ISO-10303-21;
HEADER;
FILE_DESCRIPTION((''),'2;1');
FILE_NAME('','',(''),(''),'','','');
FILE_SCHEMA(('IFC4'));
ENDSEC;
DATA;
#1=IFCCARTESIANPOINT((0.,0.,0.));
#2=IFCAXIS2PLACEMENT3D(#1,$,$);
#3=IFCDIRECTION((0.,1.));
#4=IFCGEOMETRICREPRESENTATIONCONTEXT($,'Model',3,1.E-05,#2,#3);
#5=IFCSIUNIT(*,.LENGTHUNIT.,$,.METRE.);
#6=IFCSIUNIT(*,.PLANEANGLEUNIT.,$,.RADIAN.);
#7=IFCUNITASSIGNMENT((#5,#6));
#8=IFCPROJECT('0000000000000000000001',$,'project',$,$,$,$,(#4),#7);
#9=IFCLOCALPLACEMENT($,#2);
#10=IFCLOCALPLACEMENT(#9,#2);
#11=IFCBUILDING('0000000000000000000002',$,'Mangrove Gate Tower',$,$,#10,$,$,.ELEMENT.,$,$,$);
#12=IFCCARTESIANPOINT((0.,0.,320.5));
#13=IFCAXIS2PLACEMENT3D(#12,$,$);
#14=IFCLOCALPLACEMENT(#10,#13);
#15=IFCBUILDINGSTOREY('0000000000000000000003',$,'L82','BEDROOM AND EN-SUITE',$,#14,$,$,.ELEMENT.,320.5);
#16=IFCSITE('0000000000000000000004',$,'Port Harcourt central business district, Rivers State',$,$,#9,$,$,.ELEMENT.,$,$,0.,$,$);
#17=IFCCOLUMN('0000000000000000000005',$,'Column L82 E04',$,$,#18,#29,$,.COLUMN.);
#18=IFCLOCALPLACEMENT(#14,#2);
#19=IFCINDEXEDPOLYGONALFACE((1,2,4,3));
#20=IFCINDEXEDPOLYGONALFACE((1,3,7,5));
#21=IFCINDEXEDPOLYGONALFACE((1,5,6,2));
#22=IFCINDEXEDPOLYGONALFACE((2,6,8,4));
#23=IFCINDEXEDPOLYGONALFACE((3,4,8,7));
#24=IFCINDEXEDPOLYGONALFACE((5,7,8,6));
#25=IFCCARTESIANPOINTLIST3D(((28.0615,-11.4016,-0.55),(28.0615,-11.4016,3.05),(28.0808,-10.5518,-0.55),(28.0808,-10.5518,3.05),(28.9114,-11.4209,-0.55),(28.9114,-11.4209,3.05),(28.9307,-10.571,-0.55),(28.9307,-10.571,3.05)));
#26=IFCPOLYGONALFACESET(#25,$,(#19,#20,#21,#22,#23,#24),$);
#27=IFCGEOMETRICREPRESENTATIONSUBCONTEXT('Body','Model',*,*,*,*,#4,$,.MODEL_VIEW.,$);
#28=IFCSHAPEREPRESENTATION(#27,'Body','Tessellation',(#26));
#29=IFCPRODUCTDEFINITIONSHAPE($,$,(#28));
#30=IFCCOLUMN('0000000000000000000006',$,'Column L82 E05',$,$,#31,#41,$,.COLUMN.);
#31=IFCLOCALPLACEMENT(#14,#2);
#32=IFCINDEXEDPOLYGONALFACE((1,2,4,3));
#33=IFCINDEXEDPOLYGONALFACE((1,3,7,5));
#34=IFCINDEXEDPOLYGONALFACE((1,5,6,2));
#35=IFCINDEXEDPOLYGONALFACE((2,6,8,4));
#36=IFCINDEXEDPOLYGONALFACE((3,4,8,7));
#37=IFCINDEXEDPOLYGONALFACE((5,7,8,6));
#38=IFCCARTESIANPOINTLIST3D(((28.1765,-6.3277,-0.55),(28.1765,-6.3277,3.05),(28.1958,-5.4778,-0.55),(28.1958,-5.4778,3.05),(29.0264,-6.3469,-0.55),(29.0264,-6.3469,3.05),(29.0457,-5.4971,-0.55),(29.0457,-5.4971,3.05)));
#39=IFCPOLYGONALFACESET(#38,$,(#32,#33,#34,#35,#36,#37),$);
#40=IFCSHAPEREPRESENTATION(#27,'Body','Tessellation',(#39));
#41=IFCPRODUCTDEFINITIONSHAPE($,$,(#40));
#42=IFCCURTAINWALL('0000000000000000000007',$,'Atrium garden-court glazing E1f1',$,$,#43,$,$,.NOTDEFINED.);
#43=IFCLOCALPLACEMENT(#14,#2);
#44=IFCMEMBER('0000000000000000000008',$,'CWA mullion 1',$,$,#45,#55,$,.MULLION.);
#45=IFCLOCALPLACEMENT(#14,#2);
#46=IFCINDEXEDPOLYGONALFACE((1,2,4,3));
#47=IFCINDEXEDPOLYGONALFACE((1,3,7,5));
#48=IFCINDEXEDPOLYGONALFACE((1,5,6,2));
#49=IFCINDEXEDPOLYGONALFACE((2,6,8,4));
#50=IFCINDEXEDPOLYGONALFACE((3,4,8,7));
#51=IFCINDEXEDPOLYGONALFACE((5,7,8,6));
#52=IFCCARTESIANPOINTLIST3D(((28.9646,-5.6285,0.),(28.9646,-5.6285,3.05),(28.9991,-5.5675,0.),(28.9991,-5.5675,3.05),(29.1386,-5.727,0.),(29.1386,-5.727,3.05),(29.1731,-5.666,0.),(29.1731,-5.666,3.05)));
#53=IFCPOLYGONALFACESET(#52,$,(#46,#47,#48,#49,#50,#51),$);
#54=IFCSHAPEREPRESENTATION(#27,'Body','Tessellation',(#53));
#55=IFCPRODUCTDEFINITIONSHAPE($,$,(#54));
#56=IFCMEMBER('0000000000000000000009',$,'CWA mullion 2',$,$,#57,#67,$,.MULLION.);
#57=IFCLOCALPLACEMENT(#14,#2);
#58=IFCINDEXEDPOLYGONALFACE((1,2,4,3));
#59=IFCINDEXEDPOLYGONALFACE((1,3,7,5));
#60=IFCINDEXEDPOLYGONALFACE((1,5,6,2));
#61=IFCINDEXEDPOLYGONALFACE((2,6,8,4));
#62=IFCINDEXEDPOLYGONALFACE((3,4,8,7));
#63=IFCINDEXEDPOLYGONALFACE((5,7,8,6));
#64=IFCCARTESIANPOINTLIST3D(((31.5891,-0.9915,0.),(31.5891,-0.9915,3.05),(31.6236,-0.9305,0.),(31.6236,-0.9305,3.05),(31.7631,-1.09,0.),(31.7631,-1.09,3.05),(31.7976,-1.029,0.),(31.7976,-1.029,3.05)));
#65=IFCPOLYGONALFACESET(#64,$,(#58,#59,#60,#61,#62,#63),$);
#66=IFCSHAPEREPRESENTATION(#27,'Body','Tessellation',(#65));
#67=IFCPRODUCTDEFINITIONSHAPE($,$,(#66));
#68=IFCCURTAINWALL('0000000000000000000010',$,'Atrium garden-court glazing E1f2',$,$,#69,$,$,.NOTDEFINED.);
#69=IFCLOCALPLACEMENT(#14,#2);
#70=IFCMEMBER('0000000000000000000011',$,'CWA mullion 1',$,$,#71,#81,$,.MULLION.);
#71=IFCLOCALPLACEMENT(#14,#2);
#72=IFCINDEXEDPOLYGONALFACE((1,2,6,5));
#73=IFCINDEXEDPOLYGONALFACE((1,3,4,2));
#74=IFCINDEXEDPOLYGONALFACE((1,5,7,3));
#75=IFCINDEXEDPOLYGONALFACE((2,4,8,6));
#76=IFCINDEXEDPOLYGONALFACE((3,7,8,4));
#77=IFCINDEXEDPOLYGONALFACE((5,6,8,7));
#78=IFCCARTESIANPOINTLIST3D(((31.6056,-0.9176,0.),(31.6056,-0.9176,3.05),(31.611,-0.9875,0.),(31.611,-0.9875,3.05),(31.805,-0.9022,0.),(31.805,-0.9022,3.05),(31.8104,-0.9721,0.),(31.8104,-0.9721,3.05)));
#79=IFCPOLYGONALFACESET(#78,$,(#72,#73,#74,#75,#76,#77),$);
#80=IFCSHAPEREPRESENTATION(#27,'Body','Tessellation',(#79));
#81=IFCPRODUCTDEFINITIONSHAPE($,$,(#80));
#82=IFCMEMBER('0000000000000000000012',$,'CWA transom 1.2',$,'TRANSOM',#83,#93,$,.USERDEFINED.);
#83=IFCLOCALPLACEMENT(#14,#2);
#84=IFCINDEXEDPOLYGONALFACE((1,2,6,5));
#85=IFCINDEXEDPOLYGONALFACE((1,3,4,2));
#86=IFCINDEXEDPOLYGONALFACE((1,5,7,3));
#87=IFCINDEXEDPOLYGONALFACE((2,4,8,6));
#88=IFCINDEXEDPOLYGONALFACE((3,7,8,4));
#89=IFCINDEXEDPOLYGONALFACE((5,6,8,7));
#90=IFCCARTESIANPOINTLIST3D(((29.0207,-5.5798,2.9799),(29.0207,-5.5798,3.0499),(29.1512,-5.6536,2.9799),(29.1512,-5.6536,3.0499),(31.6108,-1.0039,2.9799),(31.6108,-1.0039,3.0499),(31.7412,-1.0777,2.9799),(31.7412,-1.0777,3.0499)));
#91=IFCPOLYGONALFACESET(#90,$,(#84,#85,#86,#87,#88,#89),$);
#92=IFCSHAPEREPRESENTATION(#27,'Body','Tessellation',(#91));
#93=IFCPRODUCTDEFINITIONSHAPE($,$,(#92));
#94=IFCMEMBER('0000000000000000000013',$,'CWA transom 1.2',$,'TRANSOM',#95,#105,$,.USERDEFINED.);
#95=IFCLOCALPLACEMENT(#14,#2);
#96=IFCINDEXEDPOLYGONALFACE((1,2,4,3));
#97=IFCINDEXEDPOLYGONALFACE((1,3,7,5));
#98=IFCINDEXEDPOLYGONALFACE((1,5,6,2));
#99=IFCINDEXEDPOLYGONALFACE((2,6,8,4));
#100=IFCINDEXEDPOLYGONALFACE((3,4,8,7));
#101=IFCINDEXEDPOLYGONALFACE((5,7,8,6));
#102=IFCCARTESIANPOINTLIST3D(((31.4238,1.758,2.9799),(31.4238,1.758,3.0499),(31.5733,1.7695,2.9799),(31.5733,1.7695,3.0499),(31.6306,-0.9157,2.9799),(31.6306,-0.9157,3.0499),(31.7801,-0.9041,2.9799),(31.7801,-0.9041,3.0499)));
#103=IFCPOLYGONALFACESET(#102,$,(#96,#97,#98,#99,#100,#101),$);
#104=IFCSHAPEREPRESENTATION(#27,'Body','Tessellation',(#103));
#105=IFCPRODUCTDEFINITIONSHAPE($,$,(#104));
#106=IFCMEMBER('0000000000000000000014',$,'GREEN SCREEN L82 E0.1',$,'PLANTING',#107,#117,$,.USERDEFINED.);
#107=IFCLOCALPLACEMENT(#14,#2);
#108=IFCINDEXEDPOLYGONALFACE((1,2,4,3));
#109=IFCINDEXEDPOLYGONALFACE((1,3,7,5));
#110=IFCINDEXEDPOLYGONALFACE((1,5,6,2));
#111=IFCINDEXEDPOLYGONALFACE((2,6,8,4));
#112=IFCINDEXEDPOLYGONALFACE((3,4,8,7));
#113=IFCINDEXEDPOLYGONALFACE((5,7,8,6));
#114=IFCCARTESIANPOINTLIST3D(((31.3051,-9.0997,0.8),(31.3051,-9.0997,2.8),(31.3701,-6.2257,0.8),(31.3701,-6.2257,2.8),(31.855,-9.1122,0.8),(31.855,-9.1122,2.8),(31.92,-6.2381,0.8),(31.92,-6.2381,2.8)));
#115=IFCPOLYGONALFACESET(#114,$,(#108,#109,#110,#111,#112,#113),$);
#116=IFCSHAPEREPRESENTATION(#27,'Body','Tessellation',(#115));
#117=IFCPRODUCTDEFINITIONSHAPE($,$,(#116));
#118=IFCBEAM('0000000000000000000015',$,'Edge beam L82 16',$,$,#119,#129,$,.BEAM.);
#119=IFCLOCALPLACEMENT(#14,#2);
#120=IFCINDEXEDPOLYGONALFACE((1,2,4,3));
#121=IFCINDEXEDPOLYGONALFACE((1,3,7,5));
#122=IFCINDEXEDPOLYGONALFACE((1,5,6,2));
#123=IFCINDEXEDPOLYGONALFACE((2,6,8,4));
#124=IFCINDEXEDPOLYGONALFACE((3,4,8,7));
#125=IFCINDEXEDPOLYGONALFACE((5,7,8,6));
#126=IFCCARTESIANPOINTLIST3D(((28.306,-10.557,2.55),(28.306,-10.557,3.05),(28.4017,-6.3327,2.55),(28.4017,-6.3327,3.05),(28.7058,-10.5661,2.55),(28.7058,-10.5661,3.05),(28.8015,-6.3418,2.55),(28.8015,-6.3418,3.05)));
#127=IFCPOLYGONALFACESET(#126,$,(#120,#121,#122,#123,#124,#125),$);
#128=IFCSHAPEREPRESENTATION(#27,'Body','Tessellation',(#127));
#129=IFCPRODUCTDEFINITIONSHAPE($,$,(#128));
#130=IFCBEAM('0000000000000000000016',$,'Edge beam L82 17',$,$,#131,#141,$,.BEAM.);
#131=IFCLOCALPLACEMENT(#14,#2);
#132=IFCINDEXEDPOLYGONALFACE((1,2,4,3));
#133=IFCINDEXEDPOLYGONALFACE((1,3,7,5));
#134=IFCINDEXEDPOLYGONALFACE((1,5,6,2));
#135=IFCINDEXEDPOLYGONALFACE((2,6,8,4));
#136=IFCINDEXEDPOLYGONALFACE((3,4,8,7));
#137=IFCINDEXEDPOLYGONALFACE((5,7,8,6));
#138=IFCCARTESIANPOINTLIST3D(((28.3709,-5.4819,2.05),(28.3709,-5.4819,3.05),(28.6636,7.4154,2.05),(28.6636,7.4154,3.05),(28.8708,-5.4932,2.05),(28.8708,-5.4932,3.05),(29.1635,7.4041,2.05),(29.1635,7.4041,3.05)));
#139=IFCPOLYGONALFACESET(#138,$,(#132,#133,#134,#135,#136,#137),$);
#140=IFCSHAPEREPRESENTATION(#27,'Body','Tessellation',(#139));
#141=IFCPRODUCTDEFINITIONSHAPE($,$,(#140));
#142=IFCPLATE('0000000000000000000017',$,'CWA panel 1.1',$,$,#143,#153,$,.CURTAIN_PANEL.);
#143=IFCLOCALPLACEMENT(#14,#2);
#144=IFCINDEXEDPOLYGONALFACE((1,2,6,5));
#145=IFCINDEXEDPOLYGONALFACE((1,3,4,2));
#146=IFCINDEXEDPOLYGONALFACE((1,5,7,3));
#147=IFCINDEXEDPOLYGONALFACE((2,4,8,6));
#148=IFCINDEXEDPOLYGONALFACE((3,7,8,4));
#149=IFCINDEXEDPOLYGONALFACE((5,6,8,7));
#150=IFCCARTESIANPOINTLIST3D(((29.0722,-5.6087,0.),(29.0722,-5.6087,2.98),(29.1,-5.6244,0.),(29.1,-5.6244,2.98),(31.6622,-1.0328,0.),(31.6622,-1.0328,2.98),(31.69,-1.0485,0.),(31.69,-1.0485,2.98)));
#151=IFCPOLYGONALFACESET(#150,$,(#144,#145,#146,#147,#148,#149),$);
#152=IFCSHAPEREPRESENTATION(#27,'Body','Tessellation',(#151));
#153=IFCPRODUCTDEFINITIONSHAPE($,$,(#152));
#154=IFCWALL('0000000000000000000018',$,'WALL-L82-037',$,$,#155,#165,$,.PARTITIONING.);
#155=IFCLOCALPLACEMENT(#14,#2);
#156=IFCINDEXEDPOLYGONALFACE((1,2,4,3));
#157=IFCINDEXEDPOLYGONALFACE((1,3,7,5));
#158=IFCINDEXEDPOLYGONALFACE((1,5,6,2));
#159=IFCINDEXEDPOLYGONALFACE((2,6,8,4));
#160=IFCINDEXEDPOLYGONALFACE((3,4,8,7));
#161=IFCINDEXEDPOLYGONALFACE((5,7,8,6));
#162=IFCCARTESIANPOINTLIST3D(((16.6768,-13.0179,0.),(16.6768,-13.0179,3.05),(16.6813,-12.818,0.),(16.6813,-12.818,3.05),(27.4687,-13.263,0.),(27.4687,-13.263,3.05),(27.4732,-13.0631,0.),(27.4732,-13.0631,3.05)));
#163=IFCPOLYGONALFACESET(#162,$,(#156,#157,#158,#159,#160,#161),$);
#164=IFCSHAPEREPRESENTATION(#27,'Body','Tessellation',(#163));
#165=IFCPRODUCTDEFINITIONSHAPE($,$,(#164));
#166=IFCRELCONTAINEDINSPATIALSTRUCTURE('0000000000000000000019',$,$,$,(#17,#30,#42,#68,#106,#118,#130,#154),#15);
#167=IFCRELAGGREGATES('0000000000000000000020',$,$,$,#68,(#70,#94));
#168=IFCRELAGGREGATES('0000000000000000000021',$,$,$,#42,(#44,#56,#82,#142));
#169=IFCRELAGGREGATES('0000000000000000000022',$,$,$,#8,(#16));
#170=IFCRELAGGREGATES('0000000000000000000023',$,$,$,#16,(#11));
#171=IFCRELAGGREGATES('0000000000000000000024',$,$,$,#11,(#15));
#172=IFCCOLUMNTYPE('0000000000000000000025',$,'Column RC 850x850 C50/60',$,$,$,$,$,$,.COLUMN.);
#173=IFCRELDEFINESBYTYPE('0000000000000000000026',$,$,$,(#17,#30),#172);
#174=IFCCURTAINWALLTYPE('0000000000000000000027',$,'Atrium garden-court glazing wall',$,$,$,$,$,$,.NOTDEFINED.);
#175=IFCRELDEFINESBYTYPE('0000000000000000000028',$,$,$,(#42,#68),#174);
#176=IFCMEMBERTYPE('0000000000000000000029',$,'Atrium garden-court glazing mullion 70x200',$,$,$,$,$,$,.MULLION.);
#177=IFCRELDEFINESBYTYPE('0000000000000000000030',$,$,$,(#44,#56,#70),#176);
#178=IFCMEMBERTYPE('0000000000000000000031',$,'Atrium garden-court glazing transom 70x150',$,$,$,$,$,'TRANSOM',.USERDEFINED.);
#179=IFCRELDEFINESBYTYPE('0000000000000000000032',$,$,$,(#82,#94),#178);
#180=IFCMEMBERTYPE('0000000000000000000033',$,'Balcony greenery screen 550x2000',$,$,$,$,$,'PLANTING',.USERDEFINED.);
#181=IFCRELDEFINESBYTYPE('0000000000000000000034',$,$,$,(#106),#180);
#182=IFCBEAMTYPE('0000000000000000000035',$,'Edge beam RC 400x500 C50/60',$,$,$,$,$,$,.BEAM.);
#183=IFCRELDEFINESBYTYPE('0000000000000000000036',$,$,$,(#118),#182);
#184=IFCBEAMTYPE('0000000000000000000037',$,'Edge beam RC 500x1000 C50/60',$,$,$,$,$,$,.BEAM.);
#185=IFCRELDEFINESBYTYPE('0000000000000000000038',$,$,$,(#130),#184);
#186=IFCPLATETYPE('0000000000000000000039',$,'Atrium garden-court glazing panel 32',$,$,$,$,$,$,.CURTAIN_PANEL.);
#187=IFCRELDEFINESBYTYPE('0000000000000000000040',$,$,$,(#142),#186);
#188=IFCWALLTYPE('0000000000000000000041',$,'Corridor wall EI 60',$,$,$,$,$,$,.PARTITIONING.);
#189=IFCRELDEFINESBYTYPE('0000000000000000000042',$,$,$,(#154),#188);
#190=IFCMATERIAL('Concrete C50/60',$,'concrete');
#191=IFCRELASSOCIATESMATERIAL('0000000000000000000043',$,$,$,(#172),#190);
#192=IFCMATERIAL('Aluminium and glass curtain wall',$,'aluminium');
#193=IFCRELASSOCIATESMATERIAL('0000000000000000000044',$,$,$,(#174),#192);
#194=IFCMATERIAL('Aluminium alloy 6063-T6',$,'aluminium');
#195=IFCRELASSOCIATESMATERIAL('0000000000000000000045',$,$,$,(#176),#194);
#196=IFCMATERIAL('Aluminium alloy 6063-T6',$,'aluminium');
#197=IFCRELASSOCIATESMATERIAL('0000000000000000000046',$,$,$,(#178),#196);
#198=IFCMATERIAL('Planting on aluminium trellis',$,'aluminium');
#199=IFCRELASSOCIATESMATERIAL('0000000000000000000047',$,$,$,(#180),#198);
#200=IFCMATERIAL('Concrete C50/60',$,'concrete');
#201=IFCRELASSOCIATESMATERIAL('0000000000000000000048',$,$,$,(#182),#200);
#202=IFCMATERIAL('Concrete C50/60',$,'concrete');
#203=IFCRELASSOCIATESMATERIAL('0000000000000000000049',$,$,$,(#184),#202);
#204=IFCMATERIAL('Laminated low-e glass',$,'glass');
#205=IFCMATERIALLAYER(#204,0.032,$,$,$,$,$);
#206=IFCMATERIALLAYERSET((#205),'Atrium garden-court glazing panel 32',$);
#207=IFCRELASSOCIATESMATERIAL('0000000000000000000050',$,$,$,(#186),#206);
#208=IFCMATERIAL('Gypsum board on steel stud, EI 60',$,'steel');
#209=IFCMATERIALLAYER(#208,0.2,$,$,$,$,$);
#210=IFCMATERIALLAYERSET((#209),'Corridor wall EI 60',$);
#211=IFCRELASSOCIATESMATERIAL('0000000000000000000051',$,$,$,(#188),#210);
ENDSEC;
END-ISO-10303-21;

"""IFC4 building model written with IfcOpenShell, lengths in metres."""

from ifc_helpers import new_model, si_unit, direction, frame, frame_2d, origin, origin_2d, place, context, subcontext, project, spatial, rectangle, extrude, material, layer, layer_set, material_profile, profile_set, type_object, element, aggregate, save


model = new_model("IFC4")

# Units and contexts
model_context = context("Model", 3, precision=1e-05, world=origin(), true_north=direction((0.0, 1.0)))
body_context = subcontext(model_context, "Body", "Model", "MODEL_VIEW")
ifc_project = project(units=[si_unit("LENGTHUNIT", "METRE"), si_unit("PLANEANGLEUNIT", "RADIAN")], contexts=[model_context])

# Site, building, storey
site_placement = place(None, origin())
site = spatial("IfcSite", under=ifc_project, at=site_placement, Name="Port Harcourt central business district, Rivers State", CompositionType="ELEMENT", RefElevation=0.0)
building_placement = place(site_placement, origin())
building = spatial("IfcBuilding", under=site, at=building_placement, Name="Mangrove Gate Tower", CompositionType="ELEMENT")
storey_placement = place(building_placement, frame((0.0, 0.0, 320.5)))
storey = spatial("IfcBuildingStorey", under=building, at=storey_placement, Name="L82", Description="BEDROOM AND EN-SUITE", CompositionType="ELEMENT", Elevation=320.5)

# Columns
ifc_material_1 = material(Name="Concrete C50/60", Category="concrete")
ifc_material_profile_1 = material_profile(ifc_material_1, rectangle(XDim=0.8501, YDim=0.8501, at=origin_2d()))
ifc_profile_set_1 = profile_set([ifc_material_profile_1], Name="Concrete C50/60")
column_type = type_object("IfcColumnType", Name="Column RC 850x850 C50/60", PredefinedType="COLUMN", material=ifc_profile_set_1)
for number, where, z_axis, x_axis, name in (
    (1, (28.4961, -10.9863, -0.55), (0.0, 0.0, 1.0), (0.022661, 0.999743, 0.0), "Column L82 E04"),
    (2, (28.6111, -5.9124, -0.55), (0.0, 0.0, 1.0), (0.022682, 0.999743, 0.0), "Column L82 E05"),
):
    element("IfcColumn", number, at=place(storey_placement, frame(where, z_axis=z_axis, x_axis=x_axis)), inside=storey, type_object=column_type, Name=name, PredefinedType="COLUMN", context=body_context, shape_type="SweptSolid", body=[
        extrude(rectangle(XDim=0.8501, YDim=0.8501, at=origin_2d()), origin(), (0.0, 0.0, 1.0), 3.6001),
    ])

# Curtain wall, members
ifc_material_2 = material(Name="Aluminium and glass curtain wall", Category="aluminium")
curtain_wall_type = type_object("IfcCurtainWallType", Name="Atrium garden-court glazing wall", PredefinedType="NOTDEFINED", material=ifc_material_2)
curtain_wall_1_placement = place(storey_placement, origin())
curtain_wall_1 = element("IfcCurtainWall", 3, at=curtain_wall_1_placement, inside=storey, type_object=curtain_wall_type, Name="Atrium garden-court glazing E1f1", PredefinedType="NOTDEFINED")
ifc_material_3 = material(Name="Aluminium alloy 6063-T6", Category="aluminium")
ifc_material_profile_2 = material_profile(ifc_material_3, rectangle(XDim=0.0701, YDim=0.2, at=origin_2d()))
ifc_profile_set_2 = profile_set([ifc_material_profile_2], Name="Aluminium alloy 6063-T6")
member_type_1 = type_object("IfcMemberType", Name="Atrium garden-court glazing mullion 70x200", PredefinedType="MULLION", material=ifc_profile_set_2)
member_1_placement = place(storey_placement, frame((29.0688, -5.6472, 0.0), z_axis=(0.0, 0.0, 1.0), x_axis=(0.492587, 0.870263, 0.0)))
member_1 = element("IfcMember", 4, at=member_1_placement, type_object=member_type_1, Name="CWA mullion 1", PredefinedType="MULLION", context=body_context, shape_type="SweptSolid", body=[
    extrude(rectangle(XDim=0.0701, YDim=0.2, at=origin_2d()), origin(), (0.0, 0.0, 1.0), 3.05),
])
member_2_placement = place(storey_placement, frame((31.6934, -1.0103, 0.0), z_axis=(0.0, 0.0, 1.0), x_axis=(0.492587, 0.870263, 0.0)))
member_2 = element("IfcMember", 5, at=member_2_placement, type_object=member_type_1, Name="CWA mullion 2", PredefinedType="MULLION", context=body_context, shape_type="SweptSolid", body=[
    extrude(rectangle(XDim=0.0701, YDim=0.2, at=origin_2d()), origin(), (0.0, 0.0, 1.0), 3.05),
])

# Curtain wall, member
curtain_wall_2_placement = place(storey_placement, origin())
curtain_wall_2 = element("IfcCurtainWall", 6, at=curtain_wall_2_placement, inside=storey, type_object=curtain_wall_type, Name="Atrium garden-court glazing E1f2", PredefinedType="NOTDEFINED")
member_3_placement = place(storey_placement, frame((31.708, -0.9448, 0.0), z_axis=(0.0, 0.0, 1.0), x_axis=(-0.077023, 0.997029, 0.0)))
member_3 = element("IfcMember", 7, at=member_3_placement, type_object=member_type_1, Name="CWA mullion 1", PredefinedType="MULLION", context=body_context, shape_type="SweptSolid", body=[
    extrude(rectangle(XDim=0.0701, YDim=0.2, at=origin_2d()), origin(), (0.0, 0.0, 1.0), 3.05),
])

# Members
ifc_material_4 = material(Name="Aluminium alloy 6063-T6", Category="aluminium")
ifc_material_profile_3 = material_profile(ifc_material_4, rectangle(XDim=0.0701, YDim=0.1499, at=origin_2d()))
ifc_profile_set_3 = profile_set([ifc_material_profile_3], Name="Aluminium alloy 6063-T6")
member_type_2 = type_object("IfcMemberType", Name="Atrium garden-court glazing transom 70x150", ElementType="TRANSOM", PredefinedType="USERDEFINED", material=ifc_profile_set_3)
member_4_placement = place(storey_placement, frame((29.0859, -5.6167, 3.0149), z_axis=(0.49259, 0.870262, 0.0), x_axis=(0.0, 0.0, 1.0)))
member_4 = element("IfcMember", 8, at=member_4_placement, type_object=member_type_2, Name="CWA transom 1.2", ObjectType="TRANSOM", PredefinedType="USERDEFINED", context=body_context, shape_type="SweptSolid", body=[
    extrude(rectangle(XDim=0.0701, YDim=0.1499, at=origin_2d()), origin(), (0.0, 0.0, 1.0), 5.2581),
])
member_5_placement = place(storey_placement, frame((31.7053, -0.9099, 3.0149), z_axis=(-0.077114, 0.997022, 0.0), x_axis=(0.0, 0.0, 1.0)))
member_5 = element("IfcMember", 9, at=member_5_placement, type_object=member_type_2, Name="CWA transom 1.2", ObjectType="TRANSOM", PredefinedType="USERDEFINED", context=body_context, shape_type="SweptSolid", body=[
    extrude(rectangle(XDim=0.0701, YDim=0.1499, at=origin_2d()), origin(), (0.0, 0.0, 1.0), 2.6816),
])
aggregate(curtain_wall_2, [member_3, member_5])
ifc_material_5 = material(Name="Planting on aluminium trellis", Category="aluminium")
ifc_material_profile_4 = material_profile(ifc_material_5, rectangle(XDim=0.55, YDim=2.0, at=origin_2d()))
ifc_profile_set_4 = profile_set([ifc_material_profile_4], Name="Planting on aluminium trellis")
member_type_3 = type_object("IfcMemberType", Name="Balcony greenery screen 550x2000", ElementType="PLANTING", PredefinedType="USERDEFINED", material=ifc_profile_set_4)
member_6_placement = place(storey_placement, frame((31.5801, -9.106, 1.8), z_axis=(0.02259, 0.999745, 0.0), x_axis=(-0.999745, 0.02259, 0.0)))
element("IfcMember", 10, at=member_6_placement, inside=storey, type_object=member_type_3, Name="GREEN SCREEN L82 E0.1", ObjectType="PLANTING", PredefinedType="USERDEFINED", context=body_context, shape_type="SweptSolid", body=[
    extrude(rectangle(XDim=0.55, YDim=2.0, at=origin_2d()), origin(), (0.0, 0.0, 1.0), 2.8748),
])

# Beams
ifc_material_6 = material(Name="Concrete C50/60", Category="concrete")
ifc_material_profile_5 = material_profile(ifc_material_6, rectangle(XDim=0.3999, YDim=0.5, at=origin_2d()))
ifc_profile_set_5 = profile_set([ifc_material_profile_5], Name="Concrete C50/60")
beam_type_1 = type_object("IfcBeamType", Name="Edge beam RC 400x500 C50/60", PredefinedType="BEAM", material=ifc_profile_set_5)
beam_1_placement = place(storey_placement, frame((28.5059, -10.5615, 2.8), z_axis=(0.022649, 0.999743, 0.0), x_axis=(-0.999743, 0.022649, 0.0)))
element("IfcBeam", 11, at=beam_1_placement, inside=storey, type_object=beam_type_1, Name="Edge beam L82 16", PredefinedType="BEAM", context=body_context, shape_type="SweptSolid", body=[
    extrude(rectangle(XDim=0.3999, YDim=0.5, at=origin_2d()), origin(), (0.0, 0.0, 1.0), 4.2253),
])
ifc_material_7 = material(Name="Concrete C50/60", Category="concrete")
ifc_material_profile_6 = material_profile(ifc_material_7, rectangle(XDim=0.5, YDim=1.0, at=origin_2d()))
ifc_profile_set_6 = profile_set([ifc_material_profile_6], Name="Concrete C50/60")
beam_type_2 = type_object("IfcBeamType", Name="Edge beam RC 500x1000 C50/60", PredefinedType="BEAM", material=ifc_profile_set_6)
beam_2_placement = place(storey_placement, frame((28.6208, -5.4875, 2.55), z_axis=(0.022691, 0.999743, 0.0), x_axis=(-0.999743, 0.022691, 0.0)))
element("IfcBeam", 12, at=beam_2_placement, inside=storey, type_object=beam_type_2, Name="Edge beam L82 17", PredefinedType="BEAM", context=body_context, shape_type="SweptSolid", body=[
    extrude(rectangle(XDim=0.5, YDim=1.0, at=origin_2d()), origin(), (0.0, 0.0, 1.0), 12.9006),
])

# Plate
ifc_material_8 = material(Name="Laminated low-e glass", Category="glass")
ifc_layer_1 = layer(ifc_material_8, 0.032)
ifc_layer_set_1 = layer_set([ifc_layer_1], Name="Atrium garden-court glazing panel 32")
plate_type = type_object("IfcPlateType", Name="Atrium garden-court glazing panel 32", PredefinedType="CURTAIN_PANEL", material=ifc_layer_set_1)
plate_placement = place(storey_placement, frame((30.3811, -3.3286, 0.0), z_axis=(0.0, 0.0, 1.0), x_axis=(0.492587, 0.870263, 0.0)))
plate = element("IfcPlate", 13, at=plate_placement, type_object=plate_type, Name="CWA panel 1.1", PredefinedType="CURTAIN_PANEL", context=body_context, shape_type="SweptSolid", body=[
    extrude(rectangle(XDim=5.2581, YDim=0.032, at=origin_2d()), origin(), (0.0, 0.0, 1.0), 2.98),
])
aggregate(curtain_wall_1, [member_1, member_2, member_4, plate])

# Wall
ifc_material_9 = material(Name="Gypsum board on steel stud, EI 60", Category="steel")
ifc_layer_2 = layer(ifc_material_9, 0.2)
ifc_layer_set_2 = layer_set([ifc_layer_2], Name="Corridor wall EI 60")
wall_type_1 = type_object("IfcWallType", Name="Corridor wall EI 60", PredefinedType="PARTITIONING", material=ifc_layer_set_2)
wall_1_placement = place(storey_placement, frame((16.679, -12.918, 0.0), z_axis=(0.0, 0.0, 1.0), x_axis=(0.999742, -0.022707, 0.0)))
element("IfcWall", 14, at=wall_1_placement, inside=storey, type_object=wall_type_1, Name="WALL-L82-037", PredefinedType="PARTITIONING", context=body_context, shape_type="SweptSolid", body=[
    extrude(rectangle(XDim=10.7947, YDim=0.2, at=frame_2d((5.3975, 0.0))), origin(), (0.0, 0.0, 1.0), 3.05),
])

save(model, "model.ifc")
